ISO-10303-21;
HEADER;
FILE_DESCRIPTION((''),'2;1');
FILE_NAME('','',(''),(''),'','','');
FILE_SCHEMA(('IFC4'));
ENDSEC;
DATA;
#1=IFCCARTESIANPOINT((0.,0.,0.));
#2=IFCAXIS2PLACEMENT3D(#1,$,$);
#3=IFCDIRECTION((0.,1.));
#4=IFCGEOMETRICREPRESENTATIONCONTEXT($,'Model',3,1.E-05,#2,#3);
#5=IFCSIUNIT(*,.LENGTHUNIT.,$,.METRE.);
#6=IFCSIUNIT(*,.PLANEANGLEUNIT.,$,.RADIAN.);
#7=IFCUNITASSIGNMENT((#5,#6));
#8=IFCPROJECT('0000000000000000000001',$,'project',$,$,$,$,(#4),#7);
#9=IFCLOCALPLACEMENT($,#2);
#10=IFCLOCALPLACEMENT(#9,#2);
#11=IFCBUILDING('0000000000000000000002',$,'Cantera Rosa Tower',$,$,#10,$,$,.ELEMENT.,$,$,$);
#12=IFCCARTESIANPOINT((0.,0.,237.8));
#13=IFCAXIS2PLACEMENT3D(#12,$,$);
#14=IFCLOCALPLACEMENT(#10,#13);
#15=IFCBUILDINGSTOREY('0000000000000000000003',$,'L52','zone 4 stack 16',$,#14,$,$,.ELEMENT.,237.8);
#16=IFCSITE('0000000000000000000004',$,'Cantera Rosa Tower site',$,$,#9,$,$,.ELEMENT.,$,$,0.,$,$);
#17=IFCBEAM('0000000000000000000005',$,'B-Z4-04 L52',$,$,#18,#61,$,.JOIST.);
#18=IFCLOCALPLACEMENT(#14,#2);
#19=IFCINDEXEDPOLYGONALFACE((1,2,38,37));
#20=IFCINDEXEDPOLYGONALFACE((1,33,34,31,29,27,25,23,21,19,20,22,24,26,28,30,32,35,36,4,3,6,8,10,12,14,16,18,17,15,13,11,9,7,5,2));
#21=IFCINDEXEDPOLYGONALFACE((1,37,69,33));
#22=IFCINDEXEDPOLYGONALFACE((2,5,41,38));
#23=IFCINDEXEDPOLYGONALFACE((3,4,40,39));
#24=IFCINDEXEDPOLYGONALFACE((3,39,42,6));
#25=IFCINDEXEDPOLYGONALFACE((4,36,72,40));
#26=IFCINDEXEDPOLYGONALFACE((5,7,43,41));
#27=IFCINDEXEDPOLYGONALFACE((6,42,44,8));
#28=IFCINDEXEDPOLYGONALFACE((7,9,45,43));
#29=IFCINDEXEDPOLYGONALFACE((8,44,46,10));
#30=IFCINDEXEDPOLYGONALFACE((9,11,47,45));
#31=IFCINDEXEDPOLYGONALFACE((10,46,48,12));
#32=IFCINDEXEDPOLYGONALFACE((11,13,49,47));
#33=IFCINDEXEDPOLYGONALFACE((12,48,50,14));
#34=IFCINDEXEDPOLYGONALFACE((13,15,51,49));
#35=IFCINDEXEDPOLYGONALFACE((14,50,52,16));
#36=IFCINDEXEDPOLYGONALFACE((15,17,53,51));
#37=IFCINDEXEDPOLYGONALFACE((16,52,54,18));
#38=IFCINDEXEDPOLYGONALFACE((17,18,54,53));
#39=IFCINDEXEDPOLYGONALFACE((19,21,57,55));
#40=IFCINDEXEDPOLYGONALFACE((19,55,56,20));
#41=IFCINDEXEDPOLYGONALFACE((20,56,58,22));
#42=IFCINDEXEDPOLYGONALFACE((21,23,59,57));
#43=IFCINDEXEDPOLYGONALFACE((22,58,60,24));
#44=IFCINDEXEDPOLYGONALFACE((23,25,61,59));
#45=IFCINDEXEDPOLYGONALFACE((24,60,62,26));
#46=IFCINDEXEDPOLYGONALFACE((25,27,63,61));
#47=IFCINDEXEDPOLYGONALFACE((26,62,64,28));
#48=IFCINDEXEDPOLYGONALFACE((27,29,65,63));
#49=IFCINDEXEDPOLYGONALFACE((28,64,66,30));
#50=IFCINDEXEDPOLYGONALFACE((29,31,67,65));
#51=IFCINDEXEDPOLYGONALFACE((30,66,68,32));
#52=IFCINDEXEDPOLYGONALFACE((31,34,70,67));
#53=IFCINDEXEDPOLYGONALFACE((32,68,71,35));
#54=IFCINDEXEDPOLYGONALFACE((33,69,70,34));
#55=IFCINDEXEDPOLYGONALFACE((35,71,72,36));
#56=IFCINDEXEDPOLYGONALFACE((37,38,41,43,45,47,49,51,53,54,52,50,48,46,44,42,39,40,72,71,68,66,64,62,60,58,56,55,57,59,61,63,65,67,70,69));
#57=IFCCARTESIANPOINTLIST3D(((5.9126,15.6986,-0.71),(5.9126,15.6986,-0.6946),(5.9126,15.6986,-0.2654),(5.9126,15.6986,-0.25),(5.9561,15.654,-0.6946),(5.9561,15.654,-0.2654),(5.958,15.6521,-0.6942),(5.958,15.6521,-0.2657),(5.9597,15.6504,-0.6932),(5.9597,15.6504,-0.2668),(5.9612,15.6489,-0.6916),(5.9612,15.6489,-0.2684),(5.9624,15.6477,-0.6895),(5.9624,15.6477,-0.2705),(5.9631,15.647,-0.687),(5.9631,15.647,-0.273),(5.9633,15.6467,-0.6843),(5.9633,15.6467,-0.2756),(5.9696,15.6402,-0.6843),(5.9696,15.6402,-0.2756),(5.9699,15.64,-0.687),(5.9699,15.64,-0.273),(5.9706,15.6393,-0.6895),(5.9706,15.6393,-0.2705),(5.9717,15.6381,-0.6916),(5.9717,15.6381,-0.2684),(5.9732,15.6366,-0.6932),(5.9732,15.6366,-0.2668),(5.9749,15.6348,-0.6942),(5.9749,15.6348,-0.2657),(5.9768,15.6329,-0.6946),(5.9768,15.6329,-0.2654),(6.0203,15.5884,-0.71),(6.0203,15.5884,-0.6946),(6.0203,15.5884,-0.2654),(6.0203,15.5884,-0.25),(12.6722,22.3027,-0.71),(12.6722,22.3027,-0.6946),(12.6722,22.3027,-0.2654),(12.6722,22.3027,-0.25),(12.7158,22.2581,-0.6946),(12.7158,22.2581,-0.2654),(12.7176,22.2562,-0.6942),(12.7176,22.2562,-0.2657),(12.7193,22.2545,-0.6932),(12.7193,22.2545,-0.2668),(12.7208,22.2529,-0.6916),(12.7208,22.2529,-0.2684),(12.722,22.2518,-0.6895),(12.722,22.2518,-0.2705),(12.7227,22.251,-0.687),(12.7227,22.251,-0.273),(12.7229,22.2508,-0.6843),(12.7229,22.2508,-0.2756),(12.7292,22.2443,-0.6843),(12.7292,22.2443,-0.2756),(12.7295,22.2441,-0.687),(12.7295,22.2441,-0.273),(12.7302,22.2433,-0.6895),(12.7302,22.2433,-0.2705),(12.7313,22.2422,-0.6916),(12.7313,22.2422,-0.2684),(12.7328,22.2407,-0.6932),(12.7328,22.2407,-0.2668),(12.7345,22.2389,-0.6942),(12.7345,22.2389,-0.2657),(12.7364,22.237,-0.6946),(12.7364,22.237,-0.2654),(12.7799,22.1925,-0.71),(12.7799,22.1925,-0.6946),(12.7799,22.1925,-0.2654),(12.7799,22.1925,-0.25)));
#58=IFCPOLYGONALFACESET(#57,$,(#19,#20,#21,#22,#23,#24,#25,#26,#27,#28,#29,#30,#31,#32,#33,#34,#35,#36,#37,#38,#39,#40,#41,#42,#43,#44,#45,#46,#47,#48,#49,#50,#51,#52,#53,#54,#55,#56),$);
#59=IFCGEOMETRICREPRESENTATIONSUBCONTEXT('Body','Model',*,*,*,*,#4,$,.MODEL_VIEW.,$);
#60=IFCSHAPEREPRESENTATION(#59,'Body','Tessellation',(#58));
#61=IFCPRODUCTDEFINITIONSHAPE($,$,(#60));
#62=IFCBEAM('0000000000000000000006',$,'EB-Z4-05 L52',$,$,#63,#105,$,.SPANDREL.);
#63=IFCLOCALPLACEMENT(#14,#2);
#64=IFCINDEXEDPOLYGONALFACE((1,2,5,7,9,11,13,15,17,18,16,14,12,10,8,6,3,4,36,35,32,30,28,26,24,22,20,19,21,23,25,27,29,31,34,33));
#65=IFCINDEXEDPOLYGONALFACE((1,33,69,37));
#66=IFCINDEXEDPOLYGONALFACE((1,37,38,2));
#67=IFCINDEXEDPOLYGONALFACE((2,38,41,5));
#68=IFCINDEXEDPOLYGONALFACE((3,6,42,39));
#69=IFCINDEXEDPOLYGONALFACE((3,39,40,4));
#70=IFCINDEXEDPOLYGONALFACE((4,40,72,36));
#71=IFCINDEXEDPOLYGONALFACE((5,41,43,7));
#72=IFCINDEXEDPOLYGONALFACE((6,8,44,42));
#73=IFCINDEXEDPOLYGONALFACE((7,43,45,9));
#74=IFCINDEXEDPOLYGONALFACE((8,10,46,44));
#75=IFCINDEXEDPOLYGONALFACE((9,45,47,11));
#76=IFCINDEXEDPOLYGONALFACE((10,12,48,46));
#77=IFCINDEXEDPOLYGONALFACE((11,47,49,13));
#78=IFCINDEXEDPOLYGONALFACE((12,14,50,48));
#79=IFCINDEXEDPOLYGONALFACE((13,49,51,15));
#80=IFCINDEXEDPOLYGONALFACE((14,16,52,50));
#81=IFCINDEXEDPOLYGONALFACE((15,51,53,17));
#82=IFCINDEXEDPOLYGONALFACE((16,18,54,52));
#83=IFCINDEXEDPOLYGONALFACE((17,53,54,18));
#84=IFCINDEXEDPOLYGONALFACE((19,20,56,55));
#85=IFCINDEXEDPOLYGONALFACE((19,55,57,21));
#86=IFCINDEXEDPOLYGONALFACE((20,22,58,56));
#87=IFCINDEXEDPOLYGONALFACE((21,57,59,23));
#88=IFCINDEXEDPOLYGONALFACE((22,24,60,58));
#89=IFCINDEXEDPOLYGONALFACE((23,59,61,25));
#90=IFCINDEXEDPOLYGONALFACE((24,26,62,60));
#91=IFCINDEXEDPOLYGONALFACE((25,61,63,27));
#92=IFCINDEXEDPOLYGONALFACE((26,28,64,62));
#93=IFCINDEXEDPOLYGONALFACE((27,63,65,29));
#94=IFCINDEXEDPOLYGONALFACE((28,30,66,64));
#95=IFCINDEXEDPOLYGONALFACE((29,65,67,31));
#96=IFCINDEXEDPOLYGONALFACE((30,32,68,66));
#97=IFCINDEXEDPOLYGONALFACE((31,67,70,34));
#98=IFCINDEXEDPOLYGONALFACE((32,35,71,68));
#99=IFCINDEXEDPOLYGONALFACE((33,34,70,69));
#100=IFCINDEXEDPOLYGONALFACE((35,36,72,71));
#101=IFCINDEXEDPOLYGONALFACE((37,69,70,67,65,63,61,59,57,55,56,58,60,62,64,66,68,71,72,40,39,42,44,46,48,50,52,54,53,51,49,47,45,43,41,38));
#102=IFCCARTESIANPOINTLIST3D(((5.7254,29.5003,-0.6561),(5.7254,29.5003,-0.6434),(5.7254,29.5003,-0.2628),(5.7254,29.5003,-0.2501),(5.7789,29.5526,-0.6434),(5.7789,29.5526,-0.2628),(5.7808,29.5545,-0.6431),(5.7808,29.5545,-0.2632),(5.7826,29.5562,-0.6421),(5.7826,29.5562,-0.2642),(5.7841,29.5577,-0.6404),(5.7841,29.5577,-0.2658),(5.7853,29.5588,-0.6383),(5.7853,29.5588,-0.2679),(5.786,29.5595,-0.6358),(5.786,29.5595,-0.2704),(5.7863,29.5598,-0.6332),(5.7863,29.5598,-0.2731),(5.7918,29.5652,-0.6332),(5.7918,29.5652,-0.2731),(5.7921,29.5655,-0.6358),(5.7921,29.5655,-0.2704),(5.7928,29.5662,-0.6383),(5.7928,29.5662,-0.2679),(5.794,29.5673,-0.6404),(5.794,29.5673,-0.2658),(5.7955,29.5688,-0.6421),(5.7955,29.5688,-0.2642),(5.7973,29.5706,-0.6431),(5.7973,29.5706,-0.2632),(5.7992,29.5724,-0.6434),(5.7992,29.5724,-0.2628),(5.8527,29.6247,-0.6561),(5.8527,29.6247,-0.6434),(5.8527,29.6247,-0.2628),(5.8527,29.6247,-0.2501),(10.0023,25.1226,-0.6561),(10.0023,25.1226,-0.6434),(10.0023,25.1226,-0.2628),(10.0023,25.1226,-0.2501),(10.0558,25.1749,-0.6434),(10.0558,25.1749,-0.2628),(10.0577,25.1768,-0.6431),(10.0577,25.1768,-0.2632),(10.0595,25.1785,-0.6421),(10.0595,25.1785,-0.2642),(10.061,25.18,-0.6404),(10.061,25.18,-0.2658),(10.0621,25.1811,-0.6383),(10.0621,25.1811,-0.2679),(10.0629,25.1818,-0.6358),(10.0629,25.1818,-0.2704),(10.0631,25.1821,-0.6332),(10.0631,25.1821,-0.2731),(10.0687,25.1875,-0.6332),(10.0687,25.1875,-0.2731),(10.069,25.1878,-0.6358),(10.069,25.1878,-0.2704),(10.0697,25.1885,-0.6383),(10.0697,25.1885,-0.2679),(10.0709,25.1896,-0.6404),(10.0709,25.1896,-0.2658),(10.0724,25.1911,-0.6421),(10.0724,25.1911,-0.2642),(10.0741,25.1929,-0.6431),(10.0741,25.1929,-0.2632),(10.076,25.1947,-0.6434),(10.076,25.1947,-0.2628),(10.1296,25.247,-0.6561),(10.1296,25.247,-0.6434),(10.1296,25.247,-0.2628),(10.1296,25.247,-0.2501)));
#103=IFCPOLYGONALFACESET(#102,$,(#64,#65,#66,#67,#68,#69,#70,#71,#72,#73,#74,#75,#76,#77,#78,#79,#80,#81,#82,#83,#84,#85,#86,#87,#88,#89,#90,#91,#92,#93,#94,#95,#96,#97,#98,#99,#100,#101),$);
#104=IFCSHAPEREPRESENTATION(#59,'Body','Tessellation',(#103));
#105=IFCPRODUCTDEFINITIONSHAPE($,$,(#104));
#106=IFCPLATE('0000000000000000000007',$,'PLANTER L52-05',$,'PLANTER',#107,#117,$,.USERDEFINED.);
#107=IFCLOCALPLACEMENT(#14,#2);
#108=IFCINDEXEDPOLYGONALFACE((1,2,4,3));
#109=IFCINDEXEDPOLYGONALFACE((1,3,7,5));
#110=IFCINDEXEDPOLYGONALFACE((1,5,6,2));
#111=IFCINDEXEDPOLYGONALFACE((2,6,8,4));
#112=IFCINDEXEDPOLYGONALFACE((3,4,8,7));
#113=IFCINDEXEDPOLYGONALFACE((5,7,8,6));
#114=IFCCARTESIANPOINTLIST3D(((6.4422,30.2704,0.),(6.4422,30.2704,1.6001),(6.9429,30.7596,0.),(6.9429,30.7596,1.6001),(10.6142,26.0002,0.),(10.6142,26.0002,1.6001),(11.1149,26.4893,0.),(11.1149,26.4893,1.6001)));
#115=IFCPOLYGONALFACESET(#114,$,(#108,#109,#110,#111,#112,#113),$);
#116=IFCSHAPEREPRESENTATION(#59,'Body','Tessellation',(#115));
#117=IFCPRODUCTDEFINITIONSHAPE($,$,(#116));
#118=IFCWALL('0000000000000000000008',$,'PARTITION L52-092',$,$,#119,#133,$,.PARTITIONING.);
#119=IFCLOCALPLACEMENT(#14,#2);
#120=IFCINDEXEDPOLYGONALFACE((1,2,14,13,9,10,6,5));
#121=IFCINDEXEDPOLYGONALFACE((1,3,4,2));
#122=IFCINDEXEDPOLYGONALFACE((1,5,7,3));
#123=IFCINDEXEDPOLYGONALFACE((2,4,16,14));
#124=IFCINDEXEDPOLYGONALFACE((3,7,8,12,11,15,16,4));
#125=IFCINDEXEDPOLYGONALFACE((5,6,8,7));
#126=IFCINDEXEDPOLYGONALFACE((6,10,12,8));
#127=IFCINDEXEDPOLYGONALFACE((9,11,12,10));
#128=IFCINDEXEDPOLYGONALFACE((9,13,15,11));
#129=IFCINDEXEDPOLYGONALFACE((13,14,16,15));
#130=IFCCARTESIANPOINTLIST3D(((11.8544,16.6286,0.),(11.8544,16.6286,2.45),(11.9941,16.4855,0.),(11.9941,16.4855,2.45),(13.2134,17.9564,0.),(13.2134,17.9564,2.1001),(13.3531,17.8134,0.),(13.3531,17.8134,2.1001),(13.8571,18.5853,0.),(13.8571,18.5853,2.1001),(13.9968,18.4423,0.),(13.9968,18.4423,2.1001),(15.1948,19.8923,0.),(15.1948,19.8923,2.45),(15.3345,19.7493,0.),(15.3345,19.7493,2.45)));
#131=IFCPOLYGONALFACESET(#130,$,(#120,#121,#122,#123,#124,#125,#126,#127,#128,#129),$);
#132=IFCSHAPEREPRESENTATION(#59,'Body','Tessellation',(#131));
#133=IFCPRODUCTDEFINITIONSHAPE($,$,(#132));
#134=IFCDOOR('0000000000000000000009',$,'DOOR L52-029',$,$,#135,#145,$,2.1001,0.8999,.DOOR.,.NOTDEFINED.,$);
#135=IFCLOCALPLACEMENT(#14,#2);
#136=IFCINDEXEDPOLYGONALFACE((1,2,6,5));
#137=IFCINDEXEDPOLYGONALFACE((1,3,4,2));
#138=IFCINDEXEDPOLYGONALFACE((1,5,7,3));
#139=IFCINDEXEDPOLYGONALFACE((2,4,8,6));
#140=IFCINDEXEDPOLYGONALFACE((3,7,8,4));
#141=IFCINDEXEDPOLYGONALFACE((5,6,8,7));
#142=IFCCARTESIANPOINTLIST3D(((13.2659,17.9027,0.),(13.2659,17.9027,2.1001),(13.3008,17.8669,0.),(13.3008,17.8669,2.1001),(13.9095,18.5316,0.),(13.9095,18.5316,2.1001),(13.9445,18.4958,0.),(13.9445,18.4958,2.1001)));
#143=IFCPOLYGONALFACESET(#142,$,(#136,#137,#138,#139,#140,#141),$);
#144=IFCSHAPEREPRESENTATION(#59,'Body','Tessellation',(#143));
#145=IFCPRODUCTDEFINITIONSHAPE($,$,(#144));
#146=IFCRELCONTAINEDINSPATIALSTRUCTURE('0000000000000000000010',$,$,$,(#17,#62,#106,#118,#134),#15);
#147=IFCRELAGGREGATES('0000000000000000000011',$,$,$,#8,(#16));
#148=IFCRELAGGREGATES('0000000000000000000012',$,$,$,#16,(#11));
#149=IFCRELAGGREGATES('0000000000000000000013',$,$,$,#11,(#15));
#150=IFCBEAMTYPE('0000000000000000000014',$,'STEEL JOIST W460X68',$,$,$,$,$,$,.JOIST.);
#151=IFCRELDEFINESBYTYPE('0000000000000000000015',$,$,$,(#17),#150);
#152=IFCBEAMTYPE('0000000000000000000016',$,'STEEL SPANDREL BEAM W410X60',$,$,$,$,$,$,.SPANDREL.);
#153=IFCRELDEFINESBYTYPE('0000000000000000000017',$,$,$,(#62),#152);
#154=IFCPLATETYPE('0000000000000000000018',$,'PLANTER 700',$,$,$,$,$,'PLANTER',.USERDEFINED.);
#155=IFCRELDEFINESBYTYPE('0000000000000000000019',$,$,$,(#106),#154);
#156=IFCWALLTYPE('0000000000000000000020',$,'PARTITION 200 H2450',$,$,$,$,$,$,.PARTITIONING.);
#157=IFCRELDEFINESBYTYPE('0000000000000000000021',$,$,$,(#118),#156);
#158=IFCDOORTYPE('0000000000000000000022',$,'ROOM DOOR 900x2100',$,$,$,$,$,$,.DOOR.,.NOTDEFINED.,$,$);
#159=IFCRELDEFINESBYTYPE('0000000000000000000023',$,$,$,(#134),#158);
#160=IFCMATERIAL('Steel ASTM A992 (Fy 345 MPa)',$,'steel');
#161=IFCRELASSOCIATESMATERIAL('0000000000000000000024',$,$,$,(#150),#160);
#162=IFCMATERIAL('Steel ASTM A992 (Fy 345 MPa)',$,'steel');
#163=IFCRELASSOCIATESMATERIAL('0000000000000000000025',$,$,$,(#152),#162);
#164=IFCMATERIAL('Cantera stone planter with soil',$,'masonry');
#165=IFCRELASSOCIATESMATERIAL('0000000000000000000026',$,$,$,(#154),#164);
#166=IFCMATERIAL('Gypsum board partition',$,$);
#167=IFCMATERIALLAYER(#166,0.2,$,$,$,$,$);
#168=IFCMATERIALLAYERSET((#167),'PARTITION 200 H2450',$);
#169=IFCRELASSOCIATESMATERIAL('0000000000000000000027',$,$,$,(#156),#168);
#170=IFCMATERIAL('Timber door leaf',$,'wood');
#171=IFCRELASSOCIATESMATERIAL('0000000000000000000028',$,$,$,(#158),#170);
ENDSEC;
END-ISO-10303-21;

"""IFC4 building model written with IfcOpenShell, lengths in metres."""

from ifc_helpers import new_model, si_unit, direction, frame, frame_2d, origin, origin_2d, place, context, subcontext, project, spatial, rectangle, i_section, extrude, material, layer, layer_set, material_profile, profile_set, type_object, element, fill, save


model = new_model("IFC4")

# Units and contexts
model_context = context("Model", 3, precision=1e-05, world=origin(), true_north=direction((0.0, 1.0)))
body_context = subcontext(model_context, "Body", "Model", "MODEL_VIEW")
ifc_project = project(units=[si_unit("LENGTHUNIT", "METRE"), si_unit("PLANEANGLEUNIT", "RADIAN")], contexts=[model_context])

# Site, building, storey
site_placement = place(None, origin())
site = spatial("IfcSite", under=ifc_project, at=site_placement, Name="Cantera Rosa Tower site", CompositionType="ELEMENT", RefElevation=0.0)
building_placement = place(site_placement, origin())
building = spatial("IfcBuilding", under=site, at=building_placement, Name="Cantera Rosa Tower", CompositionType="ELEMENT")
storey_placement = place(building_placement, frame((0.0, 0.0, 237.8)))
storey = spatial("IfcBuildingStorey", under=building, at=storey_placement, Name="L52", Description="zone 4 stack 16", CompositionType="ELEMENT", Elevation=237.8)

# Beams
ifc_material_1 = material(Name="Steel ASTM A992 (Fy 345 MPa)", Category="steel")
ifc_material_profile_1 = material_profile(ifc_material_1, i_section(OverallWidth=0.1541, OverallDepth=0.46, WebThickness=0.009, FlangeThickness=0.0154, FilletRadius=0.0103, at=origin_2d()), Name="W460X68")
ifc_profile_set_1 = profile_set([ifc_material_profile_1], Name="Steel ASTM A992 (Fy 345 MPa)")
beam_type_1 = type_object("IfcBeamType", Name="STEEL JOIST W460X68", PredefinedType="JOIST", material=ifc_profile_set_1)
beam_1_placement = place(storey_placement, frame((12.7261, 22.2476, -0.48), z_axis=(-0.715287, -0.698831, 0.0), x_axis=(0.698831, -0.715287, 0.0)))
element("IfcBeam", 1, at=beam_1_placement, inside=storey, type_object=beam_type_1, Name="B-Z4-04 L52", PredefinedType="JOIST", context=body_context, shape_type="SweptSolid", body=[
    extrude(i_section(OverallWidth=0.1541, OverallDepth=0.46, WebThickness=0.009, FlangeThickness=0.0154, FilletRadius=0.0103, at=origin_2d()), origin(), (0.0, 0.0, 1.0), 9.4502),
])
ifc_material_2 = material(Name="Steel ASTM A992 (Fy 345 MPa)", Category="steel")
ifc_material_profile_2 = material_profile(ifc_material_2, i_section(OverallWidth=0.178, OverallDepth=0.406, WebThickness=0.0078, FlangeThickness=0.0127, FilletRadius=0.0103, at=origin_2d()), Name="W410X60")
ifc_profile_set_2 = profile_set([ifc_material_profile_2], Name="Steel ASTM A992 (Fy 345 MPa)")
beam_type_2 = type_object("IfcBeamType", Name="STEEL SPANDREL BEAM W410X60", PredefinedType="SPANDREL", material=ifc_profile_set_2)
beam_2_placement = place(storey_placement, frame((10.0659, 25.1848, -0.4531), z_axis=(-0.698821, 0.715296, 0.0), x_axis=(-0.715296, -0.698821, 0.0)))
element("IfcBeam", 2, at=beam_2_placement, inside=storey, type_object=beam_type_2, Name="EB-Z4-05 L52", PredefinedType="SPANDREL", context=body_context, shape_type="SweptSolid", body=[
    extrude(i_section(OverallWidth=0.178, OverallDepth=0.406, WebThickness=0.0078, FlangeThickness=0.0127, FilletRadius=0.0103, at=origin_2d()), origin(), (0.0, 0.0, 1.0), 6.1201),
])

# Plate
ifc_material_3 = material(Name="Cantera stone planter with soil", Category="masonry")
plate_type = type_object("IfcPlateType", Name="PLANTER 700", ElementType="PLANTER", PredefinedType="USERDEFINED", material=ifc_material_3)
plate_placement = place(storey_placement, frame((8.7786, 28.3799, 0.0), z_axis=(0.0, 0.0, 1.0), x_axis=(-0.698832, 0.715286, 0.0)))
element("IfcPlate", 3, at=plate_placement, inside=storey, type_object=plate_type, Name="PLANTER L52-05", ObjectType="PLANTER", PredefinedType="USERDEFINED", context=body_context, shape_type="SweptSolid", body=[
    extrude(rectangle(XDim=5.97, YDim=0.7, at=origin_2d()), origin(), (0.0, 0.0, 1.0), 1.6001),
])

# Wall, opening, door
ifc_material_4 = material(Name="Gypsum board partition")
ifc_layer_1 = layer(ifc_material_4, 0.2)
ifc_layer_set_1 = layer_set([ifc_layer_1], Name="PARTITION 200 H2450")
wall_type_1 = type_object("IfcWallType", Name="PARTITION 200 H2450", PredefinedType="PARTITIONING", material=ifc_layer_set_1)
wall_1_placement = place(storey_placement, frame((11.9243, 16.5571, 0.0), z_axis=(0.0, 0.0, 1.0), x_axis=(0.715267, 0.698852, 0.0)))
wall_1 = element("IfcWall", 4, at=wall_1_placement, inside=storey, type_object=wall_type_1, Name="PARTITION L52-092", PredefinedType="PARTITIONING", context=body_context, shape_type="SweptSolid", body=[
    extrude(rectangle(XDim=4.6702, YDim=0.2, at=frame_2d((2.335, 0.0))), origin(), (0.0, 0.0, 1.0), 2.45),
])
opening_1_placement = place(wall_1_placement, frame((1.8999, 0.0, 0.0)))
opening_1 = element("IfcOpeningElement", 5, at=opening_1_placement, cuts=wall_1, PredefinedType="OPENING", context=body_context, shape_type="SweptSolid", body=[
    extrude(rectangle(XDim=0.8999, YDim=2.1001, at=frame_2d((0.45, 1.05))), frame((0.0, 0.1099, 0.0), z_axis=(0.0, -1.0, 0.0), x_axis=(1.0, 0.0, 0.0)), (0.0, 0.0, 1.0), 0.22),
])
ifc_material_5 = material(Name="Timber door leaf", Category="wood")
door_type_1 = type_object("IfcDoorType", Name="ROOM DOOR 900x2100", OperationType="NOTDEFINED", PredefinedType="DOOR", material=ifc_material_5)
door_1_placement = place(opening_1_placement, origin())
door_1 = element("IfcDoor", 6, at=door_1_placement, inside=storey, type_object=door_type_1, Name="DOOR L52-029", OperationType="NOTDEFINED", OverallHeight=2.1001, OverallWidth=0.8999, PredefinedType="DOOR", context=body_context, shape_type="SweptSolid", body=[
    extrude(rectangle(XDim=0.8999, YDim=2.1001, at=frame_2d((0.45, 1.05))), frame((0.0, 0.0249, 0.0), z_axis=(0.0, -1.0, 0.0), x_axis=(1.0, 0.0, 0.0)), (0.0, 0.0, 1.0), 0.05),
])
fill(opening_1, door_1)

save(model, "model.ifc")
